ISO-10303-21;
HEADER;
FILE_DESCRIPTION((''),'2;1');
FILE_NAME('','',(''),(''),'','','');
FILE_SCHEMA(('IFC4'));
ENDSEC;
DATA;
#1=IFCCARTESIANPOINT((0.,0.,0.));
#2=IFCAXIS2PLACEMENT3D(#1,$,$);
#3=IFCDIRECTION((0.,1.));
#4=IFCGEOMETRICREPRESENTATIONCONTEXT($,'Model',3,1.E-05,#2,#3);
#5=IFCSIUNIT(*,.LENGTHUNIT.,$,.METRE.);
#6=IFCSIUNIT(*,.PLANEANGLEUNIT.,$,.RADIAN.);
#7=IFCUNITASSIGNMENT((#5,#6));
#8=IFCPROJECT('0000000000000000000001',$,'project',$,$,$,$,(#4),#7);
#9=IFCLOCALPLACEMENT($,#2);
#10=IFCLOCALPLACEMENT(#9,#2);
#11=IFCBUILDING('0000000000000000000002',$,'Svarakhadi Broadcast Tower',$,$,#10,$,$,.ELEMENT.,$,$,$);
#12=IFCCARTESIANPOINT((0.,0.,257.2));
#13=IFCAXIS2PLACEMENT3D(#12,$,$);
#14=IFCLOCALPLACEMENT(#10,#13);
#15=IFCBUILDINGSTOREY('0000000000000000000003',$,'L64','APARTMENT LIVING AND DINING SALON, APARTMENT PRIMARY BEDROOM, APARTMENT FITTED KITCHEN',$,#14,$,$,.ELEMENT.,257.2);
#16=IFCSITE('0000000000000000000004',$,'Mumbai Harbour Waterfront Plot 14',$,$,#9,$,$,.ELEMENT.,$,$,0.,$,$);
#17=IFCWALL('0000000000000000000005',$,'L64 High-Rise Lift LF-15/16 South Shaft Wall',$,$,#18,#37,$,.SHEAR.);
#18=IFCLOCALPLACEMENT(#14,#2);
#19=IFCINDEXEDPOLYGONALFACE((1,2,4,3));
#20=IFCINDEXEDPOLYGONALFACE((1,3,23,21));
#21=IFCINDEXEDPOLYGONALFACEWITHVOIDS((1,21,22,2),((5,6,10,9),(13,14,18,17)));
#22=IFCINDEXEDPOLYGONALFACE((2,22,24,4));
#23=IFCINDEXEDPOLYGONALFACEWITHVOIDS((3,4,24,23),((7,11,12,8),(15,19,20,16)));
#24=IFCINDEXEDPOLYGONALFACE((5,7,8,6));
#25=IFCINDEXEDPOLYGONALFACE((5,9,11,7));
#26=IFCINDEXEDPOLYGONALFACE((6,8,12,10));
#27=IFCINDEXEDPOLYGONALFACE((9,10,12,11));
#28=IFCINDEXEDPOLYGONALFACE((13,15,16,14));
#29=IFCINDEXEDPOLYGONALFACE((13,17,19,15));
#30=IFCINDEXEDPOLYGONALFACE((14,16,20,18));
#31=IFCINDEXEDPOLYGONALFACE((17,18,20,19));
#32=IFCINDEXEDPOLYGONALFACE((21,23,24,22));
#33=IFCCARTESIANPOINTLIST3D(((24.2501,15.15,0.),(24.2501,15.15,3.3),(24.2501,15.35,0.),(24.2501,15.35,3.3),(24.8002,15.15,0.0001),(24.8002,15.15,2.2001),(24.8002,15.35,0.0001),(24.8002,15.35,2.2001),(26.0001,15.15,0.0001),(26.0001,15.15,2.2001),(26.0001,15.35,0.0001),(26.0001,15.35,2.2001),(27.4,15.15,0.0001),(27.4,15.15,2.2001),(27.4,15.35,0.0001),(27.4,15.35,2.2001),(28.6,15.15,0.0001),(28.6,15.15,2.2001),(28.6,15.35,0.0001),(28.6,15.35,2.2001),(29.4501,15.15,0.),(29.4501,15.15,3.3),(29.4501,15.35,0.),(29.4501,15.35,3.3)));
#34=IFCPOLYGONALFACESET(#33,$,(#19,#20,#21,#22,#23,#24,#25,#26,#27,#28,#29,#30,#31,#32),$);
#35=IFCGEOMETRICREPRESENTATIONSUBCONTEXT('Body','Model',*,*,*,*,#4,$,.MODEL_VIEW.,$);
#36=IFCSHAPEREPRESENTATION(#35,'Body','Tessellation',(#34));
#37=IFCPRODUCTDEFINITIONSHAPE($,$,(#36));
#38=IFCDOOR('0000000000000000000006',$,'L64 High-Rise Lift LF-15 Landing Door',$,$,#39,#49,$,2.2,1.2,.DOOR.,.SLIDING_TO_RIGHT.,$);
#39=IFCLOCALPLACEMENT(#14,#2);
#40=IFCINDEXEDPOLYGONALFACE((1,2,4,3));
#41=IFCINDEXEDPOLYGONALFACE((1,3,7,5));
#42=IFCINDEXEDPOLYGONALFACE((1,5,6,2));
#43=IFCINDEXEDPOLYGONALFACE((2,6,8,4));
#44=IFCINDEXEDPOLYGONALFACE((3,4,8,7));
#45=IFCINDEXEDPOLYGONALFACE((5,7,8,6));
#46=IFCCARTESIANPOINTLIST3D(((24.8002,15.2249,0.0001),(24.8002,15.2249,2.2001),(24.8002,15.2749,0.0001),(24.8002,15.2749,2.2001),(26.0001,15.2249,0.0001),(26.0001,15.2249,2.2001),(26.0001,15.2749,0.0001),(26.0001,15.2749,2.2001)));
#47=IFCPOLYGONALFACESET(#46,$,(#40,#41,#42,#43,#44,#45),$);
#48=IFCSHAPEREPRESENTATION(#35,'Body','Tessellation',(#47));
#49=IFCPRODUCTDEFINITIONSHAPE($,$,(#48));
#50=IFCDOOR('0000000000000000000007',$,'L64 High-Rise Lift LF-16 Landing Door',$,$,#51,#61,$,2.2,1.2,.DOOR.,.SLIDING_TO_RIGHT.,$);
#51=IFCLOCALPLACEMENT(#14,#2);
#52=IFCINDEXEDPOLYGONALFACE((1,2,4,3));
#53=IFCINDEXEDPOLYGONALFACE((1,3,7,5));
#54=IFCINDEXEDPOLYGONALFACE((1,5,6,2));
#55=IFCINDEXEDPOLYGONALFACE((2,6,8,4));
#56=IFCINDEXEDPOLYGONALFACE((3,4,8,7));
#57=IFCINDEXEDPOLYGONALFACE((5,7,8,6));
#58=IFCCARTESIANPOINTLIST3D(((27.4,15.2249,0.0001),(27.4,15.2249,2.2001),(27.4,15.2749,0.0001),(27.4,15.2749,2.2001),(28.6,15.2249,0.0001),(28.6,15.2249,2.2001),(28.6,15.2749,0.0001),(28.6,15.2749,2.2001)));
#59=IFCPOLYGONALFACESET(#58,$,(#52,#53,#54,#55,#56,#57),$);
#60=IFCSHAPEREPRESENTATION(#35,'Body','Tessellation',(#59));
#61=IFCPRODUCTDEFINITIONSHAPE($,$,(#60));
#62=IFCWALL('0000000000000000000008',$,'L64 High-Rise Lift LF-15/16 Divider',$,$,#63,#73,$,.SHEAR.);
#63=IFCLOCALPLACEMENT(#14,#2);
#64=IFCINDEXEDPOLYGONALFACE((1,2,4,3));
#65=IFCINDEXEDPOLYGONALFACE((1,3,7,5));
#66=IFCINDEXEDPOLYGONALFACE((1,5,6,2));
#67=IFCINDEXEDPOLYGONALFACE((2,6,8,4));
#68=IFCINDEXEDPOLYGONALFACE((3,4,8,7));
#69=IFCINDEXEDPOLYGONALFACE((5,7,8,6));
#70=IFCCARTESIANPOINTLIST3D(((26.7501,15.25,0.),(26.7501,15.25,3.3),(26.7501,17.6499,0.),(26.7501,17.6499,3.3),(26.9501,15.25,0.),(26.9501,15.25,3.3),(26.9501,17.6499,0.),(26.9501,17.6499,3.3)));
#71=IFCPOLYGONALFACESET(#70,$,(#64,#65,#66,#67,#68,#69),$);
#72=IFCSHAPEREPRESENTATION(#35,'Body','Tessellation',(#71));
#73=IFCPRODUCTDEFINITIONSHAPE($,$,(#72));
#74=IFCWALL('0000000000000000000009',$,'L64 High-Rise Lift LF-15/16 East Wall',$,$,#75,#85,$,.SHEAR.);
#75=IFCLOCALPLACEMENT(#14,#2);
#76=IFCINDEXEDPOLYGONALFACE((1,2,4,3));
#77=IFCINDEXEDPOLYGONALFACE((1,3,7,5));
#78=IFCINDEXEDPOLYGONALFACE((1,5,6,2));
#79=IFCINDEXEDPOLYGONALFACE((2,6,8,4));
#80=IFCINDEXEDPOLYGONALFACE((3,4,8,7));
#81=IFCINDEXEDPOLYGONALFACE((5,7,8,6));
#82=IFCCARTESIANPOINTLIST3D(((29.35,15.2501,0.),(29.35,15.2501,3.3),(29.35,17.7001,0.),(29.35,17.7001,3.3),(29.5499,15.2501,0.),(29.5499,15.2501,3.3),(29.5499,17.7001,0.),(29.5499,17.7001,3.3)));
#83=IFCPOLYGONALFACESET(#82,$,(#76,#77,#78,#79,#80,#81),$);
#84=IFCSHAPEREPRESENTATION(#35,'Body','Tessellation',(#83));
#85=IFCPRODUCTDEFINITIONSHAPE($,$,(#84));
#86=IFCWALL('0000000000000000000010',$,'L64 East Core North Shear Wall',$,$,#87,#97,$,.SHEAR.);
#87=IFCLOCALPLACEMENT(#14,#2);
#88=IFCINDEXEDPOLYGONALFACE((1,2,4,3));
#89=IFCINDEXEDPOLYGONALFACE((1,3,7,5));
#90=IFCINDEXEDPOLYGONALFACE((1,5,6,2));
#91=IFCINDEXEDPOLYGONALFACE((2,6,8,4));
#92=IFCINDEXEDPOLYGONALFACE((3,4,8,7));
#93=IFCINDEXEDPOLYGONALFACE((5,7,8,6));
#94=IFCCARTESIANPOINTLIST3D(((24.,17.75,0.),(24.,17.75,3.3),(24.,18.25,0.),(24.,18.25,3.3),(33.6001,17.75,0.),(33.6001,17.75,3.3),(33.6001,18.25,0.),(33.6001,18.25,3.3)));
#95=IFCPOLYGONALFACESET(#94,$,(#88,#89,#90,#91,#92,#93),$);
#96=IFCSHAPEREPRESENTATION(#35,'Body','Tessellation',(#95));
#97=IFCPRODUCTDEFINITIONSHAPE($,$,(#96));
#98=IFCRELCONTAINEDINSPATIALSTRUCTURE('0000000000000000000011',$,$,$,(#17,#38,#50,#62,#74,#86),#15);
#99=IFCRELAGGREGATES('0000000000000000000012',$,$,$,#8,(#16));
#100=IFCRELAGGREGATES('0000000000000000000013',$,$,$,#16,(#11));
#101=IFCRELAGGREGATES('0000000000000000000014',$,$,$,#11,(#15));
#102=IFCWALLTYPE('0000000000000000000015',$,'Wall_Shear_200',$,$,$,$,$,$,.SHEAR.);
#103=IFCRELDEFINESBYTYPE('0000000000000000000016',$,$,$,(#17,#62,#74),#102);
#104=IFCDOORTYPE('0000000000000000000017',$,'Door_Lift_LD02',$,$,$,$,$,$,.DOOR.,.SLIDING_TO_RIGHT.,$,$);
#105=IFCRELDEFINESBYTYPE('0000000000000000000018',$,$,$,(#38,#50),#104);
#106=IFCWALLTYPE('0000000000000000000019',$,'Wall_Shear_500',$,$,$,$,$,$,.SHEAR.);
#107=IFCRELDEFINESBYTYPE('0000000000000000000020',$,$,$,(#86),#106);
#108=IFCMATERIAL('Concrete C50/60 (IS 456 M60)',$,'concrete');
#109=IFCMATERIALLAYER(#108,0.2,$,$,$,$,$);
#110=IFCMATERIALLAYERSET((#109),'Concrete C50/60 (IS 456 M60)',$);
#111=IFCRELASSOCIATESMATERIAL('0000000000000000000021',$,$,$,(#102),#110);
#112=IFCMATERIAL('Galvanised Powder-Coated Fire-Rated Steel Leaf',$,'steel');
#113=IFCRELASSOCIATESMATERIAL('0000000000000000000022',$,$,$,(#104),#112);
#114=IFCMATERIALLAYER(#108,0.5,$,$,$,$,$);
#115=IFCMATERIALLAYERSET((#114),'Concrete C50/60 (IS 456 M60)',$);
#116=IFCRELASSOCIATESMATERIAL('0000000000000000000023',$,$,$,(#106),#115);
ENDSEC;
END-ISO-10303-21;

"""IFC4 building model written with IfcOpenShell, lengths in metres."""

from ifc_helpers import new_model, si_unit, direction, frame, frame_2d, origin, place, context, subcontext, project, spatial, rectangle, extrude, material, layer, layer_set, type_object, element, fill, save


model = new_model("IFC4")

# Units and contexts
model_context = context("Model", 3, precision=1e-05, world=origin(), true_north=direction((0.0, 1.0)))
body_context = subcontext(model_context, "Body", "Model", "MODEL_VIEW")
ifc_project = project(units=[si_unit("LENGTHUNIT", "METRE"), si_unit("PLANEANGLEUNIT", "RADIAN")], contexts=[model_context])

# Site, building, storey
site_placement = place(None, origin())
site = spatial("IfcSite", under=ifc_project, at=site_placement, Name="Mumbai Harbour Waterfront Plot 14", CompositionType="ELEMENT", RefElevation=0.0)
building_placement = place(site_placement, origin())
building = spatial("IfcBuilding", under=site, at=building_placement, Name="Svarakhadi Broadcast Tower", CompositionType="ELEMENT")
storey_placement = place(building_placement, frame((0.0, 0.0, 257.2)))
storey = spatial("IfcBuildingStorey", under=building, at=storey_placement, Name="L64", Description="APARTMENT LIVING AND DINING SALON, APARTMENT PRIMARY BEDROOM, APARTMENT FITTED KITCHEN", CompositionType="ELEMENT", Elevation=257.2)

# Shared definitions
ifc_material_1 = material(Name="Concrete C50/60 (IS 456 M60)", Category="concrete")

# Shared definitions
ifc_layer_1 = layer(ifc_material_1, 0.2)
ifc_layer_set_1 = layer_set([ifc_layer_1], Name="Concrete C50/60 (IS 456 M60)")
wall_type_1 = type_object("IfcWallType", Name="Wall_Shear_200", PredefinedType="SHEAR", material=ifc_layer_set_1)

# Shared definitions
ifc_material_2 = material(Name="Galvanised Powder-Coated Fire-Rated Steel Leaf", Category="steel")

# Wall, openings, doors
wall_1_placement = place(storey_placement, frame((24.25, 15.25, 0.0), z_axis=(0.0, 0.0, 1.0), x_axis=(1.0, 0.0, 0.0)))
wall_1 = element("IfcWall", 1, at=wall_1_placement, inside=storey, type_object=wall_type_1, Name="L64 High-Rise Lift LF-15/16 South Shaft Wall", PredefinedType="SHEAR", context=body_context, shape_type="SweptSolid", body=[
    extrude(rectangle(XDim=5.2, YDim=0.2, at=frame_2d((2.6001, 0.0))), origin(), (0.0, 0.0, 1.0), 3.3),
])
opening_1_placement = place(wall_1_placement, frame((0.55, 0.0, 0.0)))
opening_1 = element("IfcOpeningElement", 2, at=opening_1_placement, cuts=wall_1, PredefinedType="OPENING", context=body_context, shape_type="SweptSolid", body=[
    extrude(rectangle(XDim=1.2, YDim=2.2, at=frame_2d((0.6001, 1.1001))), frame((0.0, 0.1099, 0.0), z_axis=(0.0, -1.0, 0.0), x_axis=(1.0, 0.0, 0.0)), (0.0, 0.0, 1.0), 0.22),
])
opening_2_placement = place(wall_1_placement, frame((3.1499, 0.0, 0.0)))
opening_2 = element("IfcOpeningElement", 3, at=opening_2_placement, cuts=wall_1, PredefinedType="OPENING", context=body_context, shape_type="SweptSolid", body=[
    extrude(rectangle(XDim=1.2, YDim=2.2, at=frame_2d((0.6001, 1.1001))), frame((0.0, 0.1099, 0.0), z_axis=(0.0, -1.0, 0.0), x_axis=(1.0, 0.0, 0.0)), (0.0, 0.0, 1.0), 0.22),
])
door_type_1 = type_object("IfcDoorType", Name="Door_Lift_LD02", OperationType="SLIDING_TO_RIGHT", PredefinedType="DOOR", material=ifc_material_2)
door_1_placement = place(opening_1_placement, origin())
door_1 = element("IfcDoor", 4, at=door_1_placement, inside=storey, type_object=door_type_1, Name="L64 High-Rise Lift LF-15 Landing Door", OperationType="SLIDING_TO_RIGHT", OverallHeight=2.2, OverallWidth=1.2, PredefinedType="DOOR", context=body_context, shape_type="SweptSolid", body=[
    extrude(rectangle(XDim=1.2, YDim=2.2, at=frame_2d((0.6001, 1.1001))), frame((0.0, 0.0249, 0.0), z_axis=(0.0, -1.0, 0.0), x_axis=(1.0, 0.0, 0.0)), (0.0, 0.0, 1.0), 0.05),
])
fill(opening_1, door_1)
door_2_placement = place(opening_2_placement, origin())
door_2 = element("IfcDoor", 5, at=door_2_placement, inside=storey, type_object=door_type_1, Name="L64 High-Rise Lift LF-16 Landing Door", OperationType="SLIDING_TO_RIGHT", OverallHeight=2.2, OverallWidth=1.2, PredefinedType="DOOR", context=body_context, shape_type="SweptSolid", body=[
    extrude(rectangle(XDim=1.2, YDim=2.2, at=frame_2d((0.6001, 1.1001))), frame((0.0, 0.0249, 0.0), z_axis=(0.0, -1.0, 0.0), x_axis=(1.0, 0.0, 0.0)), (0.0, 0.0, 1.0), 0.05),
])
fill(opening_2, door_2)

# Walls
wall_2_placement = place(storey_placement, frame((26.8501, 15.25, 0.0), z_axis=(0.0, 0.0, 1.0), x_axis=(0.0, 1.0, 0.0)))
element("IfcWall", 6, at=wall_2_placement, inside=storey, type_object=wall_type_1, Name="L64 High-Rise Lift LF-15/16 Divider", PredefinedType="SHEAR", context=body_context, shape_type="SweptSolid", body=[
    extrude(rectangle(XDim=2.3999, YDim=0.2, at=frame_2d((1.2, 0.0))), origin(), (0.0, 0.0, 1.0), 3.3),
])
wall_3_placement = place(storey_placement, frame((29.45, 15.25, 0.0), z_axis=(0.0, 0.0, 1.0), x_axis=(0.0, 1.0, 0.0)))
element("IfcWall", 7, at=wall_3_placement, inside=storey, type_object=wall_type_1, Name="L64 High-Rise Lift LF-15/16 East Wall", PredefinedType="SHEAR", context=body_context, shape_type="SweptSolid", body=[
    extrude(rectangle(XDim=2.45, YDim=0.2, at=frame_2d((1.2251, 0.0))), origin(), (0.0, 0.0, 1.0), 3.3),
])
ifc_layer_2 = layer(ifc_material_1, 0.5)
ifc_layer_set_2 = layer_set([ifc_layer_2], Name="Concrete C50/60 (IS 456 M60)")
wall_type_2 = type_object("IfcWallType", Name="Wall_Shear_500", PredefinedType="SHEAR", material=ifc_layer_set_2)
wall_4_placement = place(storey_placement, frame((24.0, 18.0, 0.0), z_axis=(0.0, 0.0, 1.0), x_axis=(1.0, 0.0, 0.0)))
element("IfcWall", 8, at=wall_4_placement, inside=storey, type_object=wall_type_2, Name="L64 East Core North Shear Wall", PredefinedType="SHEAR", context=body_context, shape_type="SweptSolid", body=[
    extrude(rectangle(XDim=9.6001, YDim=0.5, at=frame_2d((4.8, 0.0))), origin(), (0.0, 0.0, 1.0), 3.3),
])

save(model, "model.ifc")
